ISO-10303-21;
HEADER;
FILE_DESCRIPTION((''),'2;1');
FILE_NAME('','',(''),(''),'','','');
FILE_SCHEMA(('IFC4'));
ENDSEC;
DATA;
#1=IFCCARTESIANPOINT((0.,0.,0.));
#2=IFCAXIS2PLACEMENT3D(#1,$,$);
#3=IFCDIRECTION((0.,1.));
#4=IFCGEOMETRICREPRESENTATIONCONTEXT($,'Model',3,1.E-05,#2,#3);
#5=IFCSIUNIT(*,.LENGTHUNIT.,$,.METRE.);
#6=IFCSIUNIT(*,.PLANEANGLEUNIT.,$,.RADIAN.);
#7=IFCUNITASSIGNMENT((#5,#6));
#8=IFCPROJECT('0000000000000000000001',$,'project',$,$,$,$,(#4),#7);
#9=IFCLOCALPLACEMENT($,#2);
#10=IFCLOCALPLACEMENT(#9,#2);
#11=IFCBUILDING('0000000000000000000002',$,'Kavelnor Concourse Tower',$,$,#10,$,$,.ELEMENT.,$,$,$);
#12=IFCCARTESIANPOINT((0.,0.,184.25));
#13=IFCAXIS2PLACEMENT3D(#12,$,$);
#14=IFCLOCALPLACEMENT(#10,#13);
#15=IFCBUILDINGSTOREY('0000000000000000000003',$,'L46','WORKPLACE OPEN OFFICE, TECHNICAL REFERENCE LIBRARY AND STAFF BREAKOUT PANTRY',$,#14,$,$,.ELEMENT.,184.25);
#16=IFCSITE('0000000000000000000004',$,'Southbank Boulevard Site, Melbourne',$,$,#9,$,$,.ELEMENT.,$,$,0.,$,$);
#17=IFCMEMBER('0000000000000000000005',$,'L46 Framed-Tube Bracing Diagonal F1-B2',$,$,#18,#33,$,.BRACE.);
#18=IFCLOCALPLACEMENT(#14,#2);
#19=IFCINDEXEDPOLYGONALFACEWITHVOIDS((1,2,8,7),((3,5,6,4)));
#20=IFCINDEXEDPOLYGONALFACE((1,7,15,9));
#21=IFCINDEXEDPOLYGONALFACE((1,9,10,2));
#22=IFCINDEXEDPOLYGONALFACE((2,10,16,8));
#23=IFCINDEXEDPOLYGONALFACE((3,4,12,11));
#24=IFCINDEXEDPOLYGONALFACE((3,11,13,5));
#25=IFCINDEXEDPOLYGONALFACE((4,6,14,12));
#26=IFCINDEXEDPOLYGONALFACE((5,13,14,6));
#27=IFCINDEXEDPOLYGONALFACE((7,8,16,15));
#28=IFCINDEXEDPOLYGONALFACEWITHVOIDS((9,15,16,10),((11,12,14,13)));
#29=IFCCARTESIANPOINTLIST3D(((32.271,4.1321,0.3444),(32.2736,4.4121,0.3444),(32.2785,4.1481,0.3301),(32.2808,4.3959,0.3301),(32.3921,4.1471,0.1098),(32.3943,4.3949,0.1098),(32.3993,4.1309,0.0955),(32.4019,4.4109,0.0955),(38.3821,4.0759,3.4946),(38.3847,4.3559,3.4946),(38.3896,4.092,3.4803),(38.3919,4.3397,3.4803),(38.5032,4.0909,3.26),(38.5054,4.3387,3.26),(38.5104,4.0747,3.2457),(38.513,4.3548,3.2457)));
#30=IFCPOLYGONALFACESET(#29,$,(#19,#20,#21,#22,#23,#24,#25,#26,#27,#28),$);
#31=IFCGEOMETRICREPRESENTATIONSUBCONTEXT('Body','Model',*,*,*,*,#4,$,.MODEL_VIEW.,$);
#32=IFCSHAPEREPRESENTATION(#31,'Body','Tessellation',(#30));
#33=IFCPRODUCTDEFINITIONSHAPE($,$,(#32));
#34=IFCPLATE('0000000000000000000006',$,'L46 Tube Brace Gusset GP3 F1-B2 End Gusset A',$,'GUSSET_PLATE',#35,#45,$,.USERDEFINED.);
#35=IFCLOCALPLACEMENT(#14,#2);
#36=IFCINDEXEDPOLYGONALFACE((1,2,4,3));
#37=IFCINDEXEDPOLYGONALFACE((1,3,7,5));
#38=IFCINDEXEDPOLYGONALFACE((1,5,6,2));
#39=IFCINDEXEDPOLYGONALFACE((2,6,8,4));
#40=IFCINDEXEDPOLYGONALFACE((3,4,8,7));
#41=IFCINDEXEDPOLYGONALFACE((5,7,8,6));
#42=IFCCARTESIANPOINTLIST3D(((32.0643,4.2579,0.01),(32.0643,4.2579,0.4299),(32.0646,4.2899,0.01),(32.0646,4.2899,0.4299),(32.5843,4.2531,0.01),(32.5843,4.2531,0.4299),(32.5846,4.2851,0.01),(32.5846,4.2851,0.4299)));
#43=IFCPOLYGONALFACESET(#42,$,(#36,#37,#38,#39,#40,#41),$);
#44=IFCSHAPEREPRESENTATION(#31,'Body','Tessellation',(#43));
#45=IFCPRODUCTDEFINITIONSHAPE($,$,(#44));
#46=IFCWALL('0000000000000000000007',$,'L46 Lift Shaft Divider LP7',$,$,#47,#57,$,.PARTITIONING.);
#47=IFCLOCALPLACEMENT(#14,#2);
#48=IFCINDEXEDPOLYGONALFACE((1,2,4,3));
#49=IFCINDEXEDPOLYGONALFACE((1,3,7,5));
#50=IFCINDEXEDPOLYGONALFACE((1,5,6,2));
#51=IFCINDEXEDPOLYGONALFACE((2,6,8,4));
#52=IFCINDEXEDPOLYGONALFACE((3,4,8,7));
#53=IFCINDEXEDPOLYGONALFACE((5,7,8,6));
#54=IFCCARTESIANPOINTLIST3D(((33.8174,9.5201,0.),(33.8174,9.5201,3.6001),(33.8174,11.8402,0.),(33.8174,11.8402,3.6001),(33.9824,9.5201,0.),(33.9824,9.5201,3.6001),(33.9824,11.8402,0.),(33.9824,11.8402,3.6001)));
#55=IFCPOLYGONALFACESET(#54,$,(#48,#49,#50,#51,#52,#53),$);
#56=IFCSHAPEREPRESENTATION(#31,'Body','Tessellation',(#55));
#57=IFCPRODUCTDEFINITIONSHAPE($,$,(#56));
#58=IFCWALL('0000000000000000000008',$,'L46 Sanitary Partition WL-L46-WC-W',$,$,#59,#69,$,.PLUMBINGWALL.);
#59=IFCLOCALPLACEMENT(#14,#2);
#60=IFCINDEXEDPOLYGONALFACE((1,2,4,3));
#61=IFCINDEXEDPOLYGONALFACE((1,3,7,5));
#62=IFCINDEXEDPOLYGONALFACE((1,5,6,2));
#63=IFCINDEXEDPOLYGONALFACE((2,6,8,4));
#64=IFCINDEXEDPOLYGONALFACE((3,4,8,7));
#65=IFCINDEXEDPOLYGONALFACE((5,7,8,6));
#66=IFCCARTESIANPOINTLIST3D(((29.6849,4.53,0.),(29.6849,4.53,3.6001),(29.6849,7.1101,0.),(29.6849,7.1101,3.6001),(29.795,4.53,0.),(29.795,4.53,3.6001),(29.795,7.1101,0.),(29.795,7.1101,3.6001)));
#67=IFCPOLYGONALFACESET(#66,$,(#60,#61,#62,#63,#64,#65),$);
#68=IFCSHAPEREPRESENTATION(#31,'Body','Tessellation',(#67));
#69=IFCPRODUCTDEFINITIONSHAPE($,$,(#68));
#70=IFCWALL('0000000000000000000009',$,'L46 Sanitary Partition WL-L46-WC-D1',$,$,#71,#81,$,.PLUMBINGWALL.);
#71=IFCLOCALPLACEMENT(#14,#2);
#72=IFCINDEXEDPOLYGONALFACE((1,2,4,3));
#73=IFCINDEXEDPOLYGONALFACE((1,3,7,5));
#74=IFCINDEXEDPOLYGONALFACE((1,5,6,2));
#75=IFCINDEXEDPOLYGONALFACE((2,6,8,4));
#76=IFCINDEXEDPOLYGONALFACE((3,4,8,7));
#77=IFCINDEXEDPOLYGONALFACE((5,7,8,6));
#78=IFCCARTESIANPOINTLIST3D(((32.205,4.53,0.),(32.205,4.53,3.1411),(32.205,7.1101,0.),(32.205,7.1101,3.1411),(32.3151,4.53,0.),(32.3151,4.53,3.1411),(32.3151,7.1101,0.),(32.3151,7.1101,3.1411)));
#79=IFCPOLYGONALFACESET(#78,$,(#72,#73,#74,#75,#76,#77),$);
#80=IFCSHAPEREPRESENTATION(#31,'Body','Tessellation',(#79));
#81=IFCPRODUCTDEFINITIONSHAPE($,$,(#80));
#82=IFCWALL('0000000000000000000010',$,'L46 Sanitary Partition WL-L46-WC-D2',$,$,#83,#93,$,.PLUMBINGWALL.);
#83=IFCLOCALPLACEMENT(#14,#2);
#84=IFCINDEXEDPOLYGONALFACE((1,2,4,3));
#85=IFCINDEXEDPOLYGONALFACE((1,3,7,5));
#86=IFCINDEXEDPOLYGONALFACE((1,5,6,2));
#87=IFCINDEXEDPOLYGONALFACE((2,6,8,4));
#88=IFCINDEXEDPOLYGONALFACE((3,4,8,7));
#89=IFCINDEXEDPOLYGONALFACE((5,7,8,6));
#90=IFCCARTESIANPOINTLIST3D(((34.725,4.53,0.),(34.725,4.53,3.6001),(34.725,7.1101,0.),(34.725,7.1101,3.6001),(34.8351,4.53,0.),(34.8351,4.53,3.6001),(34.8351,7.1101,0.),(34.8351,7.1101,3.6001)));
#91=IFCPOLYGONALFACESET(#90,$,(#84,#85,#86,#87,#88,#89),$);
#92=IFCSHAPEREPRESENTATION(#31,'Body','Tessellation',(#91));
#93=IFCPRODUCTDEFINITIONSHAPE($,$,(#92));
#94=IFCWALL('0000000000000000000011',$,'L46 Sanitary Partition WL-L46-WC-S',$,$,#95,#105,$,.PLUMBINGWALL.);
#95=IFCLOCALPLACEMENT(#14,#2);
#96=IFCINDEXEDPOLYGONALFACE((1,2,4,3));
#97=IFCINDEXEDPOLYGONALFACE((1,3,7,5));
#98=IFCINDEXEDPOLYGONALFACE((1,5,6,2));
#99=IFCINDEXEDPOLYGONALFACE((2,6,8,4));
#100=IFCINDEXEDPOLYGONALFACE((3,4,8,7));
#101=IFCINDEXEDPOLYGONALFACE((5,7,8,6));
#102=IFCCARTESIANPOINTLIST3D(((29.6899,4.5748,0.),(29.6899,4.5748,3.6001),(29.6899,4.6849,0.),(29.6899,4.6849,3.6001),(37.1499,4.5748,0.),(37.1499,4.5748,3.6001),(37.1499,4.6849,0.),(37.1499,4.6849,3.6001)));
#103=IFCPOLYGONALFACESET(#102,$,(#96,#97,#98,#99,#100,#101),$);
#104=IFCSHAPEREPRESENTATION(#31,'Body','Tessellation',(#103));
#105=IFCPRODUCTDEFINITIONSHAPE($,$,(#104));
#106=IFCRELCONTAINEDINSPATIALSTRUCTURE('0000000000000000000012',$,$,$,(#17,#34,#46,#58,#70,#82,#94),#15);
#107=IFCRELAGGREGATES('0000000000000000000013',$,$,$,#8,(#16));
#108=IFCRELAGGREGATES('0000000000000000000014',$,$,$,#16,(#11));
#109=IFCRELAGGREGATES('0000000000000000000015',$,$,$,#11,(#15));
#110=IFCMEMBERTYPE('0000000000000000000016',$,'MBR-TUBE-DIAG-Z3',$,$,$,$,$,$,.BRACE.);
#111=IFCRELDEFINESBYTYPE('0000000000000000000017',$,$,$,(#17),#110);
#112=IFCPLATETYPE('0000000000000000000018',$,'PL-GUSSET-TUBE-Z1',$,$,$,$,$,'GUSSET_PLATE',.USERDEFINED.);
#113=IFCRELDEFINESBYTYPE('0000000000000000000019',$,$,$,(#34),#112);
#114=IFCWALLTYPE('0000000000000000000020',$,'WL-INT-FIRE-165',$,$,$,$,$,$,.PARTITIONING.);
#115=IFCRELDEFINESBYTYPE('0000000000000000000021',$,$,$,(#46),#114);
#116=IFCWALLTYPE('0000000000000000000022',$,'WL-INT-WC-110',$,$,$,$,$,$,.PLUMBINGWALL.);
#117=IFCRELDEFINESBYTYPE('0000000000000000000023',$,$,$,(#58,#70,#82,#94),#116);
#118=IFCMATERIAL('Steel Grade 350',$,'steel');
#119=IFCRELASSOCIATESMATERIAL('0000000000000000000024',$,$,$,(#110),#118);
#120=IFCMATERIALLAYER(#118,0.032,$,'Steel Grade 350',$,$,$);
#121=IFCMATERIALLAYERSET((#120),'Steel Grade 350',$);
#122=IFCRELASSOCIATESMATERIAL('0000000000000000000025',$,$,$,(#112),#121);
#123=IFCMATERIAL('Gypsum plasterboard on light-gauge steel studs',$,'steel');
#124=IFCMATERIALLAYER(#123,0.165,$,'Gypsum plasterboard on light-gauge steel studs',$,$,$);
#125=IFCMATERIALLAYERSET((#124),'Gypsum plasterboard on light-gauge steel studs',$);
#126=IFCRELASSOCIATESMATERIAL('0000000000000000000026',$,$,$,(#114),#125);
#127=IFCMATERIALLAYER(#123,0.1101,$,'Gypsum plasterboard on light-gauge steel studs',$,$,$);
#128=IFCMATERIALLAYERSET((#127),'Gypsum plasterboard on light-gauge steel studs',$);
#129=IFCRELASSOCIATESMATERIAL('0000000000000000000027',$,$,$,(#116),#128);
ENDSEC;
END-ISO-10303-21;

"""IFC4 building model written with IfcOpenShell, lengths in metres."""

from ifc_helpers import new_model, si_unit, direction, frame, frame_2d, origin, origin_2d, place, context, subcontext, project, spatial, rectangle, hollow_rectangle, extrude, material, layer, layer_set, material_profile, profile_set, type_object, element, save


model = new_model("IFC4")

# Units and contexts
model_context = context("Model", 3, precision=1e-05, world=origin(), true_north=direction((0.0, 1.0)))
body_context = subcontext(model_context, "Body", "Model", "MODEL_VIEW")
ifc_project = project(units=[si_unit("LENGTHUNIT", "METRE"), si_unit("PLANEANGLEUNIT", "RADIAN")], contexts=[model_context])

# Site, building, storey
site_placement = place(None, origin())
site = spatial("IfcSite", under=ifc_project, at=site_placement, Name="Southbank Boulevard Site, Melbourne", CompositionType="ELEMENT", RefElevation=0.0)
building_placement = place(site_placement, origin())
building = spatial("IfcBuilding", under=site, at=building_placement, Name="Kavelnor Concourse Tower", CompositionType="ELEMENT")
storey_placement = place(building_placement, frame((0.0, 0.0, 184.25)))
storey = spatial("IfcBuildingStorey", under=building, at=storey_placement, Name="L46", Description="WORKPLACE OPEN OFFICE, TECHNICAL REFERENCE LIBRARY AND STAFF BREAKOUT PANTRY", CompositionType="ELEMENT", Elevation=184.25)

# Shared definitions
ifc_material_1 = material(Name="Steel Grade 350", Category="steel")

# Member
ifc_material_profile_1 = material_profile(ifc_material_1, hollow_rectangle(XDim=0.28, YDim=0.28, WallThickness=0.0161, at=origin_2d()), Name="SHS 280x280x16")
ifc_profile_set_1 = profile_set([ifc_material_profile_1], Name="Steel Grade 350")
member_type = type_object("IfcMemberType", Name="MBR-TUBE-DIAG-Z3", PredefinedType="BRACE", material=ifc_profile_set_1)
member_placement = place(storey_placement, frame((32.3364, 4.2715, 0.22), z_axis=(0.888826, -0.008167, 0.458173), x_axis=(0.009188, 0.999958, 0.0)))
element("IfcMember", 1, at=member_placement, inside=storey, type_object=member_type, Name="L46 Framed-Tube Bracing Diagonal F1-B2", PredefinedType="BRACE", context=body_context, shape_type="SweptSolid", body=[
    extrude(hollow_rectangle(XDim=0.28, YDim=0.28, WallThickness=0.0161, at=origin_2d()), origin(), (0.0, 0.0, 1.0), 6.8755),
])

# Plate
ifc_layer_1 = layer(ifc_material_1, 0.032, Name="Steel Grade 350")
ifc_layer_set_1 = layer_set([ifc_layer_1], Name="Steel Grade 350")
plate_type = type_object("IfcPlateType", Name="PL-GUSSET-TUBE-Z1", ElementType="GUSSET_PLATE", PredefinedType="USERDEFINED", material=ifc_layer_set_1)
plate_placement = place(storey_placement, frame((32.3245, 4.2715, 0.01), z_axis=(0.0, 0.0, 1.0), x_axis=(0.999957, -0.00925, 0.0)))
element("IfcPlate", 2, at=plate_placement, inside=storey, type_object=plate_type, Name="L46 Tube Brace Gusset GP3 F1-B2 End Gusset A", ObjectType="GUSSET_PLATE", PredefinedType="USERDEFINED", context=body_context, shape_type="SweptSolid", body=[
    extrude(rectangle(XDim=0.52, YDim=0.032, at=origin_2d()), origin(), (0.0, 0.0, 1.0), 0.4199),
])

# Walls
ifc_material_2 = material(Name="Gypsum plasterboard on light-gauge steel studs", Category="steel")
ifc_layer_2 = layer(ifc_material_2, 0.165, Name="Gypsum plasterboard on light-gauge steel studs")
ifc_layer_set_2 = layer_set([ifc_layer_2], Name="Gypsum plasterboard on light-gauge steel studs")
wall_type_1 = type_object("IfcWallType", Name="WL-INT-FIRE-165", PredefinedType="PARTITIONING", material=ifc_layer_set_2)
wall_1_placement = place(storey_placement, frame((33.8999, 9.52, 0.0), z_axis=(0.0, 0.0, 1.0), x_axis=(0.0, 1.0, 0.0)))
element("IfcWall", 3, at=wall_1_placement, inside=storey, type_object=wall_type_1, Name="L46 Lift Shaft Divider LP7", PredefinedType="PARTITIONING", context=body_context, shape_type="SweptSolid", body=[
    extrude(rectangle(XDim=2.3201, YDim=0.165, at=frame_2d((1.1602, 0.0))), origin(), (0.0, 0.0, 1.0), 3.6001),
])
ifc_layer_3 = layer(ifc_material_2, 0.1101, Name="Gypsum plasterboard on light-gauge steel studs")
ifc_layer_set_3 = layer_set([ifc_layer_3], Name="Gypsum plasterboard on light-gauge steel studs")
wall_type_2 = type_object("IfcWallType", Name="WL-INT-WC-110", PredefinedType="PLUMBINGWALL", material=ifc_layer_set_3)
wall_2_placement = place(storey_placement, frame((29.74, 4.53, 0.0), z_axis=(0.0, 0.0, 1.0), x_axis=(0.0, 1.0, 0.0)))
element("IfcWall", 4, at=wall_2_placement, inside=storey, type_object=wall_type_2, Name="L46 Sanitary Partition WL-L46-WC-W", PredefinedType="PLUMBINGWALL", context=body_context, shape_type="SweptSolid", body=[
    extrude(rectangle(XDim=2.5801, YDim=0.1101, at=frame_2d((1.29, 0.0))), origin(), (0.0, 0.0, 1.0), 3.6001),
])
wall_3_placement = place(storey_placement, frame((32.26, 4.53, 0.0), z_axis=(0.0, 0.0, 1.0), x_axis=(0.0, 1.0, 0.0)))
element("IfcWall", 5, at=wall_3_placement, inside=storey, type_object=wall_type_2, Name="L46 Sanitary Partition WL-L46-WC-D1", PredefinedType="PLUMBINGWALL", context=body_context, shape_type="SweptSolid", body=[
    extrude(rectangle(XDim=2.5801, YDim=0.1101, at=frame_2d((1.29, 0.0))), origin(), (0.0, 0.0, 1.0), 3.1411),
])
wall_4_placement = place(storey_placement, frame((34.78, 4.53, 0.0), z_axis=(0.0, 0.0, 1.0), x_axis=(0.0, 1.0, 0.0)))
element("IfcWall", 6, at=wall_4_placement, inside=storey, type_object=wall_type_2, Name="L46 Sanitary Partition WL-L46-WC-D2", PredefinedType="PLUMBINGWALL", context=body_context, shape_type="SweptSolid", body=[
    extrude(rectangle(XDim=2.5801, YDim=0.1101, at=frame_2d((1.29, 0.0))), origin(), (0.0, 0.0, 1.0), 3.6001),
])
wall_5_placement = place(storey_placement, frame((29.6899, 4.6299, 0.0), z_axis=(0.0, 0.0, 1.0), x_axis=(1.0, 0.0, 0.0)))
element("IfcWall", 7, at=wall_5_placement, inside=storey, type_object=wall_type_2, Name="L46 Sanitary Partition WL-L46-WC-S", PredefinedType="PLUMBINGWALL", context=body_context, shape_type="SweptSolid", body=[
    extrude(rectangle(XDim=7.46, YDim=0.1101, at=frame_2d((3.73, 0.0))), origin(), (0.0, 0.0, 1.0), 3.6001),
])

save(model, "model.ifc")
